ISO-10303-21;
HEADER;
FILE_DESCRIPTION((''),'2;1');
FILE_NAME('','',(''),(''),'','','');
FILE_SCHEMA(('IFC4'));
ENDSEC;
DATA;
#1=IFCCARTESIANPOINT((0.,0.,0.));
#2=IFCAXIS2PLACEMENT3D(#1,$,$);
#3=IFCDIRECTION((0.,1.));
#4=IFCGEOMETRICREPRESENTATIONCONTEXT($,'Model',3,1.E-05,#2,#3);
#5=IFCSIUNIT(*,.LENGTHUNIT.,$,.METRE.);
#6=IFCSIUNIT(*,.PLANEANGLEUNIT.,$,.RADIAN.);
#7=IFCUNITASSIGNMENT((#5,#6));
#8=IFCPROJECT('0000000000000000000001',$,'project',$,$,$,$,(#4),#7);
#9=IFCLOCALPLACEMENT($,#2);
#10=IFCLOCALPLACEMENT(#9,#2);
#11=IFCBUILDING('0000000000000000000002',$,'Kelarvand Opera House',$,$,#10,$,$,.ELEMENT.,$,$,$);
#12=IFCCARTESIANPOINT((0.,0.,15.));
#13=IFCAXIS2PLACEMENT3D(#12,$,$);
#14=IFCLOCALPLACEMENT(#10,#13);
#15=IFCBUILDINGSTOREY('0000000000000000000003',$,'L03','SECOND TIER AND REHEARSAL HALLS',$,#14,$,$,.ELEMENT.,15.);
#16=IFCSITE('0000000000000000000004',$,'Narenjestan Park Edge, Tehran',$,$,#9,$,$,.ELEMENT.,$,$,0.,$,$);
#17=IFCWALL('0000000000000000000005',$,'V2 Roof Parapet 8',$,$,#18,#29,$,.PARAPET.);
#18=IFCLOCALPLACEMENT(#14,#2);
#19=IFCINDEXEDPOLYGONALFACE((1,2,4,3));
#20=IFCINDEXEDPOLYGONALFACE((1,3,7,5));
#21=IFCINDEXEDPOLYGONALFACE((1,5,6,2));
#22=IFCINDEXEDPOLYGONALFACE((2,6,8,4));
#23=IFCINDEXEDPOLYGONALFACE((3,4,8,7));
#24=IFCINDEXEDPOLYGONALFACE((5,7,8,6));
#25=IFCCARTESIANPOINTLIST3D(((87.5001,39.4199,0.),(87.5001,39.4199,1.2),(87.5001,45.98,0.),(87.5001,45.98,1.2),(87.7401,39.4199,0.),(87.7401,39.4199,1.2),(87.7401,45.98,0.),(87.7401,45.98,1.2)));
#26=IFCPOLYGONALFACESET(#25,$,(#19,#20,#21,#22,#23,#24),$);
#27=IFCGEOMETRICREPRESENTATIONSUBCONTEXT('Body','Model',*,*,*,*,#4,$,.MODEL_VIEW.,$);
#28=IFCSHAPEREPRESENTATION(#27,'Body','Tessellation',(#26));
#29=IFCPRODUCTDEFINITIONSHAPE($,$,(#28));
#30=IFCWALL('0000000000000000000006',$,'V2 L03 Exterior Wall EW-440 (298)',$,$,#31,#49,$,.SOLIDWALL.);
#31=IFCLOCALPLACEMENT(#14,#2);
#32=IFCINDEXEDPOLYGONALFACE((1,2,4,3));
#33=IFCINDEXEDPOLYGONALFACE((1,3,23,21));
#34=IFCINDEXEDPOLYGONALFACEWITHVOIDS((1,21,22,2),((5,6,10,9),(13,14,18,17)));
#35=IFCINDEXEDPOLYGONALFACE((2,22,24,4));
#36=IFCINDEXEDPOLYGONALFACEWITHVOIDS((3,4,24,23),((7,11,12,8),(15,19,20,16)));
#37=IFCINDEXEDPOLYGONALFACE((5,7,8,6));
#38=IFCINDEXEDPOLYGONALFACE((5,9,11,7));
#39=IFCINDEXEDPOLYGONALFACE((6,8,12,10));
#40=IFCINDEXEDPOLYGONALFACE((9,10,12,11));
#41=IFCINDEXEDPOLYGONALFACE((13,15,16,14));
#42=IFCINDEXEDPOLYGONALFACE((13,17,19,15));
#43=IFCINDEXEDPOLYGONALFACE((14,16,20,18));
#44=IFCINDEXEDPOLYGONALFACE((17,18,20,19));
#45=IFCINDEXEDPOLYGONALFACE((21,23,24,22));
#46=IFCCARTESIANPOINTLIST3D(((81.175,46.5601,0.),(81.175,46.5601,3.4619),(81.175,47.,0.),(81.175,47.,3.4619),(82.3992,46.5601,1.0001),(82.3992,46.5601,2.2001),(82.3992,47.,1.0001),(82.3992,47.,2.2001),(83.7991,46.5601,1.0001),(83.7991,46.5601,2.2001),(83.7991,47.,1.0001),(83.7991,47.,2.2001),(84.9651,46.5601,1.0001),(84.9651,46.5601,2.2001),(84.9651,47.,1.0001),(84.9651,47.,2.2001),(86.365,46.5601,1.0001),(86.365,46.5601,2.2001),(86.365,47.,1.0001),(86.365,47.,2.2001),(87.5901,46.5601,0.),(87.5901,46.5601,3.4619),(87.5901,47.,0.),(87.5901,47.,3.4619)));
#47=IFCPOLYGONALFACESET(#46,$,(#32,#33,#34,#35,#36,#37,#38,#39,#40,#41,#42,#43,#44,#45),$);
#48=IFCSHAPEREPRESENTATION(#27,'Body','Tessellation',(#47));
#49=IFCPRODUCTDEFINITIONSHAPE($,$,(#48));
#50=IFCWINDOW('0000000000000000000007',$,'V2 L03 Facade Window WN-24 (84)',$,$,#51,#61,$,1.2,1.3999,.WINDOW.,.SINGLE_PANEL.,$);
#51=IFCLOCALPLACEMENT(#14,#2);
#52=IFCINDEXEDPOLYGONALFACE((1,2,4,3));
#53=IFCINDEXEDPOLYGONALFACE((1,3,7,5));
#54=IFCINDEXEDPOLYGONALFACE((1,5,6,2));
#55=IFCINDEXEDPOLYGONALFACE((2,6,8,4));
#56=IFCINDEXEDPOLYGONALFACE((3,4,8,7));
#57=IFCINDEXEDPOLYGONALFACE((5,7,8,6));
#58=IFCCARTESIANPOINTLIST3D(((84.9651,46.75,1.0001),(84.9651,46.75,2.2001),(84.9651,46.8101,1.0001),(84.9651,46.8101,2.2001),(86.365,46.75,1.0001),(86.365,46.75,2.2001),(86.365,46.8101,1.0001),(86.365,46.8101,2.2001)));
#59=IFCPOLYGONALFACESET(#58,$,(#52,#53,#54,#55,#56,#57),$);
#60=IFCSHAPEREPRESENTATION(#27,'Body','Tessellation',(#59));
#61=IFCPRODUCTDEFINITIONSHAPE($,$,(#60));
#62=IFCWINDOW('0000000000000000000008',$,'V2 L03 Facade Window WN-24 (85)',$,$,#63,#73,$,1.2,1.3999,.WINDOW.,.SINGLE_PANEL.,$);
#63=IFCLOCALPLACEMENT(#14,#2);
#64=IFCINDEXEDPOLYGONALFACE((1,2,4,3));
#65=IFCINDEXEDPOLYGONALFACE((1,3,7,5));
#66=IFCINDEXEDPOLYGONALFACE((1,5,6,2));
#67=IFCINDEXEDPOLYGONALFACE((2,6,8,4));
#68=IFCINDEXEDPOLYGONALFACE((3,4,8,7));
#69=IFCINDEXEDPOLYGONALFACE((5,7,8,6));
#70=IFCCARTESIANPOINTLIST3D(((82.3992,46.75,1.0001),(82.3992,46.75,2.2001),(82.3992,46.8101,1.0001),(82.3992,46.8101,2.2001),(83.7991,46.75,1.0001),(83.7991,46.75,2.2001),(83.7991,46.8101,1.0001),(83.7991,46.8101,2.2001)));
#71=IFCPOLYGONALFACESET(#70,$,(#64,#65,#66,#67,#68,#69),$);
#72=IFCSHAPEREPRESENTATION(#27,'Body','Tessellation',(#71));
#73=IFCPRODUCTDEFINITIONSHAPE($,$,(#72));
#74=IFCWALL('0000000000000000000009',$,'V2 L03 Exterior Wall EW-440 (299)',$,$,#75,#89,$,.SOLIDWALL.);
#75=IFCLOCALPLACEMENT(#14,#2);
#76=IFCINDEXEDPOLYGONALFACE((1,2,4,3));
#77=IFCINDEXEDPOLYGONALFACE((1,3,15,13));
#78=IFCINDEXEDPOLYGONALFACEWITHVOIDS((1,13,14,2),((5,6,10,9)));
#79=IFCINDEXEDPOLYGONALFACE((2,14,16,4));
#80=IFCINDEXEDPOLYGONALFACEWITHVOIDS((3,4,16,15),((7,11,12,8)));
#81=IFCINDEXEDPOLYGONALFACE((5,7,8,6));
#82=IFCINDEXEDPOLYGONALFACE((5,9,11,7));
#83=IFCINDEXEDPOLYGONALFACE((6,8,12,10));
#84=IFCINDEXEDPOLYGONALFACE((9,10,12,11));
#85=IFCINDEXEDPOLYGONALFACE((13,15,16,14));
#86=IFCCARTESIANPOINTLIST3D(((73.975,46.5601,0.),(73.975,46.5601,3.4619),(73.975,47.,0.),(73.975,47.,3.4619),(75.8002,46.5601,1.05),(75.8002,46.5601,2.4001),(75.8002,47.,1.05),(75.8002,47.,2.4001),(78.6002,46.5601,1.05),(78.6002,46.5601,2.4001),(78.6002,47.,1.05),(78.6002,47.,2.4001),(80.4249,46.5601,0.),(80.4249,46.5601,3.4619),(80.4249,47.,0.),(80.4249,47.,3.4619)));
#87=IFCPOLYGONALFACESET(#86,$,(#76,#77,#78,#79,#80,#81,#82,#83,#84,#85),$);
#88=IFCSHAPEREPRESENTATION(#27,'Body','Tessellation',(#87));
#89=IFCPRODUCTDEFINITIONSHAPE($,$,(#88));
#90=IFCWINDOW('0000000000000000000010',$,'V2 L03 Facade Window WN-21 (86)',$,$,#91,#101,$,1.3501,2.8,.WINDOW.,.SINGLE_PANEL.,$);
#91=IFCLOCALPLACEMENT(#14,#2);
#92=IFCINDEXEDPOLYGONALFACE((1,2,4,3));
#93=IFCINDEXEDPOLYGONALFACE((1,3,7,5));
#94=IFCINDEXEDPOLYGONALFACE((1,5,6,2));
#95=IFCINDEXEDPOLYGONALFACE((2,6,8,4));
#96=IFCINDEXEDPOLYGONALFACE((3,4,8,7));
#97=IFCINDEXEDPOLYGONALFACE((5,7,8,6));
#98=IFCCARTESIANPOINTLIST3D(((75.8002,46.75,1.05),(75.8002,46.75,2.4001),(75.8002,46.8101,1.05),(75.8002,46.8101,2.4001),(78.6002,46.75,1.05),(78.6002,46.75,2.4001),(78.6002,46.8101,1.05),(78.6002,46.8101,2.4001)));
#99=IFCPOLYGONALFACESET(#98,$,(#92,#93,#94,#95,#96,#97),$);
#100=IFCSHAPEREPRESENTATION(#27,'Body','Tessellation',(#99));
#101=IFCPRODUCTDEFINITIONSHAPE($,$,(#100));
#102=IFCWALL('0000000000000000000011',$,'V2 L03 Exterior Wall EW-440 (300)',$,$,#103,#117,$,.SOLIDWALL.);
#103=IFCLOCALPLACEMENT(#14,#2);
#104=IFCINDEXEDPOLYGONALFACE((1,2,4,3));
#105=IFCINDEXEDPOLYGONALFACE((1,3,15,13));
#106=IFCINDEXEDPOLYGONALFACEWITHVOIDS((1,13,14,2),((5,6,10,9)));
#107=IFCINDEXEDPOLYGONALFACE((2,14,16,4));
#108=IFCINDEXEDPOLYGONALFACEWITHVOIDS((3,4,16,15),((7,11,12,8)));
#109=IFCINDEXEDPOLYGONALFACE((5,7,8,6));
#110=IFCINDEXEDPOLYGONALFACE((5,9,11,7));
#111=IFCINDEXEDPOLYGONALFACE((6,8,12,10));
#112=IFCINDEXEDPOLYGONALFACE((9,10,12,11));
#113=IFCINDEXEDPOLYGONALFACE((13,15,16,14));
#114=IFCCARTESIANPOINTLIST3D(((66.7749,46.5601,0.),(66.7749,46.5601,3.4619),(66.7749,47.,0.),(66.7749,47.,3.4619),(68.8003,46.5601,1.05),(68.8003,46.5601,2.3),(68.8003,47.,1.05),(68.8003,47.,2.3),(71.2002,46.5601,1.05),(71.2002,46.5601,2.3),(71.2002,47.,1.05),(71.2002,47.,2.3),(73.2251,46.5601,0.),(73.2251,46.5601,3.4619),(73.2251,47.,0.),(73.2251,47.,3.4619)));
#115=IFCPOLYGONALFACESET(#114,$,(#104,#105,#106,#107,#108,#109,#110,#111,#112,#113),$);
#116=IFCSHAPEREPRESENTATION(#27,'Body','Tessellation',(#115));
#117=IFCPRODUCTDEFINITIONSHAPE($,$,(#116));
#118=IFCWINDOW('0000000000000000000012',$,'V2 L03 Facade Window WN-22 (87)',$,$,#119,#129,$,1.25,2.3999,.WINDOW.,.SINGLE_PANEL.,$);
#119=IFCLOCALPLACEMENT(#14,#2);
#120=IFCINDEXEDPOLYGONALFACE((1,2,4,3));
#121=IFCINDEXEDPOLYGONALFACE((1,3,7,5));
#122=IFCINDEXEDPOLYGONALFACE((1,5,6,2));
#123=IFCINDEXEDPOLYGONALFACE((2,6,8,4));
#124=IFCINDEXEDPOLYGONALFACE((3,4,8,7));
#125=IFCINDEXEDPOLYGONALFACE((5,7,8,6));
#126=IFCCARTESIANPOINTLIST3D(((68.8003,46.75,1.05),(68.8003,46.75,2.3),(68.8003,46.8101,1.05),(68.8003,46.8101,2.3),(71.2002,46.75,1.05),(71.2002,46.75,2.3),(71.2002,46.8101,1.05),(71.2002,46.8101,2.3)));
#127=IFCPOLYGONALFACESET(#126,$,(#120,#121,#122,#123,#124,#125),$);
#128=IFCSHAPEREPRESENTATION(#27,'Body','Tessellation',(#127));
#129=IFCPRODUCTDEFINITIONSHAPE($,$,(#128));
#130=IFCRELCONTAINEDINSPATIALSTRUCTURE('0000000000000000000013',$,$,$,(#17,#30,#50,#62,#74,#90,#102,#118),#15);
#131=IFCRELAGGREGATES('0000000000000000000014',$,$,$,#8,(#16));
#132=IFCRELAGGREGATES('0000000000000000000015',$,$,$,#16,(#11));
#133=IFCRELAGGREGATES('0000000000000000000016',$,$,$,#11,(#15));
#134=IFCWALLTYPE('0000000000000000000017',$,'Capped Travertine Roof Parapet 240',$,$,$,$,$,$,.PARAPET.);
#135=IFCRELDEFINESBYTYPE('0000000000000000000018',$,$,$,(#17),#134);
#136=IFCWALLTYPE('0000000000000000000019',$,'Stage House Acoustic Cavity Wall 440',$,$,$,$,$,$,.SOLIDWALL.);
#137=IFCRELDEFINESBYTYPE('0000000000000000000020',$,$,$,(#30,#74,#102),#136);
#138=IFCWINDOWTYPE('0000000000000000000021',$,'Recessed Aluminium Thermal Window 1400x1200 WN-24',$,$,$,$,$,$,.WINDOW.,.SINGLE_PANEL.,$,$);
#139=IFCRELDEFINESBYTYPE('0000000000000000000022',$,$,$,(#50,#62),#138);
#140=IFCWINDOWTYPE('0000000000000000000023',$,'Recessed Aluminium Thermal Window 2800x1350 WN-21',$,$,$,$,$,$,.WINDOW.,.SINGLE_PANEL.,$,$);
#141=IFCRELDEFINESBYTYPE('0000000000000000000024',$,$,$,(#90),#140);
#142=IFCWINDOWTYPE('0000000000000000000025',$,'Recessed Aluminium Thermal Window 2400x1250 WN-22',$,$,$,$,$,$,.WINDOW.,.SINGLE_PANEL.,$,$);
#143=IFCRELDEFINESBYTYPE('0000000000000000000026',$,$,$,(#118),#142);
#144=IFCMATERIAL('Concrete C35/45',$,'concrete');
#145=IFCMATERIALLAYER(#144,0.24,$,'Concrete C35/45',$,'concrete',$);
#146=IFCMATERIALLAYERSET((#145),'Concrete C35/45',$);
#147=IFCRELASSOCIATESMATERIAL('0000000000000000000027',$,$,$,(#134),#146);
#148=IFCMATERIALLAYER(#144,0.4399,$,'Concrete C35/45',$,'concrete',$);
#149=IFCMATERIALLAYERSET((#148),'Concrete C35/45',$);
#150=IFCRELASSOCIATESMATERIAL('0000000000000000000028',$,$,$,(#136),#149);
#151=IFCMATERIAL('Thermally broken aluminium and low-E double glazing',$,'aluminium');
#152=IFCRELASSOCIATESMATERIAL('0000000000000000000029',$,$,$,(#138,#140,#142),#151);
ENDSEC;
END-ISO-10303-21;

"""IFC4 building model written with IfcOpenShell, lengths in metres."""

from ifc_helpers import new_model, si_unit, direction, frame, frame_2d, origin, place, context, subcontext, project, spatial, rectangle, extrude, material, layer, layer_set, type_object, element, fill, save


model = new_model("IFC4")

# Units and contexts
model_context = context("Model", 3, precision=1e-05, world=origin(), true_north=direction((0.0, 1.0)))
body_context = subcontext(model_context, "Body", "Model", "MODEL_VIEW")
ifc_project = project(units=[si_unit("LENGTHUNIT", "METRE"), si_unit("PLANEANGLEUNIT", "RADIAN")], contexts=[model_context])

# Site, building, storey
site_placement = place(None, origin())
site = spatial("IfcSite", under=ifc_project, at=site_placement, Name="Narenjestan Park Edge, Tehran", CompositionType="ELEMENT", RefElevation=0.0)
building_placement = place(site_placement, origin())
building = spatial("IfcBuilding", under=site, at=building_placement, Name="Kelarvand Opera House", CompositionType="ELEMENT")
storey_placement = place(building_placement, frame((0.0, 0.0, 15.0)))
storey = spatial("IfcBuildingStorey", under=building, at=storey_placement, Name="L03", Description="SECOND TIER AND REHEARSAL HALLS", CompositionType="ELEMENT", Elevation=15.0)

# Wall
ifc_material_1 = material(Name="Concrete C35/45", Category="concrete")
ifc_layer_1 = layer(ifc_material_1, 0.24, Name="Concrete C35/45", Category="concrete")
ifc_layer_set_1 = layer_set([ifc_layer_1], Name="Concrete C35/45")
wall_type_1 = type_object("IfcWallType", Name="Capped Travertine Roof Parapet 240", PredefinedType="PARAPET", material=ifc_layer_set_1)
wall_1_placement = place(storey_placement, frame((87.6201, 39.4199, 0.0), z_axis=(0.0, 0.0, 1.0), x_axis=(0.0, 1.0, 0.0)))
element("IfcWall", 1, at=wall_1_placement, inside=storey, type_object=wall_type_1, Name="V2 Roof Parapet 8", PredefinedType="PARAPET", context=body_context, shape_type="SweptSolid", body=[
    extrude(rectangle(XDim=6.5601, YDim=0.24, at=frame_2d((3.28, 0.0))), origin(), (0.0, 0.0, 1.0), 1.2),
])

# Wall, openings, windows
ifc_layer_2 = layer(ifc_material_1, 0.4399, Name="Concrete C35/45", Category="concrete")
ifc_layer_set_2 = layer_set([ifc_layer_2], Name="Concrete C35/45")
wall_type_2 = type_object("IfcWallType", Name="Stage House Acoustic Cavity Wall 440", PredefinedType="SOLIDWALL", material=ifc_layer_set_2)
wall_2_placement = place(storey_placement, frame((87.5901, 46.78, 0.0), z_axis=(0.0, 0.0, 1.0), x_axis=(-1.0, 0.0, 0.0)))
wall_2 = element("IfcWall", 2, at=wall_2_placement, inside=storey, type_object=wall_type_2, Name="V2 L03 Exterior Wall EW-440 (298)", PredefinedType="SOLIDWALL", context=body_context, shape_type="SweptSolid", body=[
    extrude(rectangle(XDim=6.415, YDim=0.4399, at=frame_2d((3.2075, 0.0))), origin(), (0.0, 0.0, 1.0), 3.4619),
])
opening_1_placement = place(wall_2_placement, frame((1.2251, 0.0, 1.0)))
opening_1 = element("IfcOpeningElement", 3, at=opening_1_placement, cuts=wall_2, PredefinedType="OPENING", context=body_context, shape_type="SweptSolid", body=[
    extrude(rectangle(XDim=1.3999, YDim=1.2, at=frame_2d((0.7, 0.6001))), frame((0.0, 0.23, 0.0), z_axis=(0.0, -1.0, 0.0), x_axis=(1.0, 0.0, 0.0)), (0.0, 0.0, 1.0), 0.46),
])
opening_2_placement = place(wall_2_placement, frame((3.791, 0.0, 1.0)))
opening_2 = element("IfcOpeningElement", 4, at=opening_2_placement, cuts=wall_2, PredefinedType="OPENING", context=body_context, shape_type="SweptSolid", body=[
    extrude(rectangle(XDim=1.3999, YDim=1.2, at=frame_2d((0.7, 0.6001))), frame((0.0, 0.23, 0.0), z_axis=(0.0, -1.0, 0.0), x_axis=(1.0, 0.0, 0.0)), (0.0, 0.0, 1.0), 0.46),
])
ifc_material_2 = material(Name="Thermally broken aluminium and low-E double glazing", Category="aluminium")
window_type_1 = type_object("IfcWindowType", Name="Recessed Aluminium Thermal Window 1400x1200 WN-24", PartitioningType="SINGLE_PANEL", PredefinedType="WINDOW", material=ifc_material_2)
window_1_placement = place(opening_1_placement, origin())
window_1 = element("IfcWindow", 5, at=window_1_placement, inside=storey, type_object=window_type_1, Name="V2 L03 Facade Window WN-24 (84)", OverallHeight=1.2, OverallWidth=1.3999, PartitioningType="SINGLE_PANEL", PredefinedType="WINDOW", context=body_context, shape_type="SweptSolid", body=[
    extrude(rectangle(XDim=1.3999, YDim=1.2, at=frame_2d((0.7, 0.6001))), frame((0.0, 0.03, 0.0), z_axis=(0.0, -1.0, 0.0), x_axis=(1.0, 0.0, 0.0)), (0.0, 0.0, 1.0), 0.0601),
])
fill(opening_1, window_1)
window_2_placement = place(opening_2_placement, origin())
window_2 = element("IfcWindow", 6, at=window_2_placement, inside=storey, type_object=window_type_1, Name="V2 L03 Facade Window WN-24 (85)", OverallHeight=1.2, OverallWidth=1.3999, PartitioningType="SINGLE_PANEL", PredefinedType="WINDOW", context=body_context, shape_type="SweptSolid", body=[
    extrude(rectangle(XDim=1.3999, YDim=1.2, at=frame_2d((0.7, 0.6001))), frame((0.0, 0.03, 0.0), z_axis=(0.0, -1.0, 0.0), x_axis=(1.0, 0.0, 0.0)), (0.0, 0.0, 1.0), 0.0601),
])
fill(opening_2, window_2)

# Walls, openings, windows
wall_3_placement = place(storey_placement, frame((80.425, 46.78, 0.0), z_axis=(0.0, 0.0, 1.0), x_axis=(-1.0, 0.0, 0.0)))
wall_3 = element("IfcWall", 7, at=wall_3_placement, inside=storey, type_object=wall_type_2, Name="V2 L03 Exterior Wall EW-440 (299)", PredefinedType="SOLIDWALL", context=body_context, shape_type="SweptSolid", body=[
    extrude(rectangle(XDim=6.45, YDim=0.4399, at=frame_2d((3.2251, 0.0))), origin(), (0.0, 0.0, 1.0), 3.4619),
])
opening_3_placement = place(wall_3_placement, frame((1.825, 0.0, 1.05)))
opening_3 = element("IfcOpeningElement", 8, at=opening_3_placement, cuts=wall_3, PredefinedType="OPENING", context=body_context, shape_type="SweptSolid", body=[
    extrude(rectangle(XDim=2.8, YDim=1.3501, at=frame_2d((1.3999, 0.675))), frame((0.0, 0.23, 0.0), z_axis=(0.0, -1.0, 0.0), x_axis=(1.0, 0.0, 0.0)), (0.0, 0.0, 1.0), 0.46),
])
window_type_2 = type_object("IfcWindowType", Name="Recessed Aluminium Thermal Window 2800x1350 WN-21", PartitioningType="SINGLE_PANEL", PredefinedType="WINDOW", material=ifc_material_2)
window_3_placement = place(opening_3_placement, origin())
window_3 = element("IfcWindow", 9, at=window_3_placement, inside=storey, type_object=window_type_2, Name="V2 L03 Facade Window WN-21 (86)", OverallHeight=1.3501, OverallWidth=2.8, PartitioningType="SINGLE_PANEL", PredefinedType="WINDOW", context=body_context, shape_type="SweptSolid", body=[
    extrude(rectangle(XDim=2.8, YDim=1.3501, at=frame_2d((1.3999, 0.675))), frame((0.0, 0.03, 0.0), z_axis=(0.0, -1.0, 0.0), x_axis=(1.0, 0.0, 0.0)), (0.0, 0.0, 1.0), 0.0601),
])
fill(opening_3, window_3)
wall_4_placement = place(storey_placement, frame((73.2251, 46.78, 0.0), z_axis=(0.0, 0.0, 1.0), x_axis=(-1.0, 0.0, 0.0)))
wall_4 = element("IfcWall", 10, at=wall_4_placement, inside=storey, type_object=wall_type_2, Name="V2 L03 Exterior Wall EW-440 (300)", PredefinedType="SOLIDWALL", context=body_context, shape_type="SweptSolid", body=[
    extrude(rectangle(XDim=6.4502, YDim=0.4399, at=frame_2d((3.2251, 0.0))), origin(), (0.0, 0.0, 1.0), 3.4619),
])
opening_4_placement = place(wall_4_placement, frame((2.0249, 0.0, 1.05)))
opening_4 = element("IfcOpeningElement", 11, at=opening_4_placement, cuts=wall_4, PredefinedType="OPENING", context=body_context, shape_type="SweptSolid", body=[
    extrude(rectangle(XDim=2.3999, YDim=1.25, at=frame_2d((1.2, 0.625))), frame((0.0, 0.23, 0.0), z_axis=(0.0, -1.0, 0.0), x_axis=(1.0, 0.0, 0.0)), (0.0, 0.0, 1.0), 0.46),
])
window_type_3 = type_object("IfcWindowType", Name="Recessed Aluminium Thermal Window 2400x1250 WN-22", PartitioningType="SINGLE_PANEL", PredefinedType="WINDOW", material=ifc_material_2)
window_4_placement = place(opening_4_placement, origin())
window_4 = element("IfcWindow", 12, at=window_4_placement, inside=storey, type_object=window_type_3, Name="V2 L03 Facade Window WN-22 (87)", OverallHeight=1.25, OverallWidth=2.3999, PartitioningType="SINGLE_PANEL", PredefinedType="WINDOW", context=body_context, shape_type="SweptSolid", body=[
    extrude(rectangle(XDim=2.3999, YDim=1.25, at=frame_2d((1.2, 0.625))), frame((0.0, 0.03, 0.0), z_axis=(0.0, -1.0, 0.0), x_axis=(1.0, 0.0, 0.0)), (0.0, 0.0, 1.0), 0.0601),
])
fill(opening_4, window_4)

save(model, "model.ifc")
